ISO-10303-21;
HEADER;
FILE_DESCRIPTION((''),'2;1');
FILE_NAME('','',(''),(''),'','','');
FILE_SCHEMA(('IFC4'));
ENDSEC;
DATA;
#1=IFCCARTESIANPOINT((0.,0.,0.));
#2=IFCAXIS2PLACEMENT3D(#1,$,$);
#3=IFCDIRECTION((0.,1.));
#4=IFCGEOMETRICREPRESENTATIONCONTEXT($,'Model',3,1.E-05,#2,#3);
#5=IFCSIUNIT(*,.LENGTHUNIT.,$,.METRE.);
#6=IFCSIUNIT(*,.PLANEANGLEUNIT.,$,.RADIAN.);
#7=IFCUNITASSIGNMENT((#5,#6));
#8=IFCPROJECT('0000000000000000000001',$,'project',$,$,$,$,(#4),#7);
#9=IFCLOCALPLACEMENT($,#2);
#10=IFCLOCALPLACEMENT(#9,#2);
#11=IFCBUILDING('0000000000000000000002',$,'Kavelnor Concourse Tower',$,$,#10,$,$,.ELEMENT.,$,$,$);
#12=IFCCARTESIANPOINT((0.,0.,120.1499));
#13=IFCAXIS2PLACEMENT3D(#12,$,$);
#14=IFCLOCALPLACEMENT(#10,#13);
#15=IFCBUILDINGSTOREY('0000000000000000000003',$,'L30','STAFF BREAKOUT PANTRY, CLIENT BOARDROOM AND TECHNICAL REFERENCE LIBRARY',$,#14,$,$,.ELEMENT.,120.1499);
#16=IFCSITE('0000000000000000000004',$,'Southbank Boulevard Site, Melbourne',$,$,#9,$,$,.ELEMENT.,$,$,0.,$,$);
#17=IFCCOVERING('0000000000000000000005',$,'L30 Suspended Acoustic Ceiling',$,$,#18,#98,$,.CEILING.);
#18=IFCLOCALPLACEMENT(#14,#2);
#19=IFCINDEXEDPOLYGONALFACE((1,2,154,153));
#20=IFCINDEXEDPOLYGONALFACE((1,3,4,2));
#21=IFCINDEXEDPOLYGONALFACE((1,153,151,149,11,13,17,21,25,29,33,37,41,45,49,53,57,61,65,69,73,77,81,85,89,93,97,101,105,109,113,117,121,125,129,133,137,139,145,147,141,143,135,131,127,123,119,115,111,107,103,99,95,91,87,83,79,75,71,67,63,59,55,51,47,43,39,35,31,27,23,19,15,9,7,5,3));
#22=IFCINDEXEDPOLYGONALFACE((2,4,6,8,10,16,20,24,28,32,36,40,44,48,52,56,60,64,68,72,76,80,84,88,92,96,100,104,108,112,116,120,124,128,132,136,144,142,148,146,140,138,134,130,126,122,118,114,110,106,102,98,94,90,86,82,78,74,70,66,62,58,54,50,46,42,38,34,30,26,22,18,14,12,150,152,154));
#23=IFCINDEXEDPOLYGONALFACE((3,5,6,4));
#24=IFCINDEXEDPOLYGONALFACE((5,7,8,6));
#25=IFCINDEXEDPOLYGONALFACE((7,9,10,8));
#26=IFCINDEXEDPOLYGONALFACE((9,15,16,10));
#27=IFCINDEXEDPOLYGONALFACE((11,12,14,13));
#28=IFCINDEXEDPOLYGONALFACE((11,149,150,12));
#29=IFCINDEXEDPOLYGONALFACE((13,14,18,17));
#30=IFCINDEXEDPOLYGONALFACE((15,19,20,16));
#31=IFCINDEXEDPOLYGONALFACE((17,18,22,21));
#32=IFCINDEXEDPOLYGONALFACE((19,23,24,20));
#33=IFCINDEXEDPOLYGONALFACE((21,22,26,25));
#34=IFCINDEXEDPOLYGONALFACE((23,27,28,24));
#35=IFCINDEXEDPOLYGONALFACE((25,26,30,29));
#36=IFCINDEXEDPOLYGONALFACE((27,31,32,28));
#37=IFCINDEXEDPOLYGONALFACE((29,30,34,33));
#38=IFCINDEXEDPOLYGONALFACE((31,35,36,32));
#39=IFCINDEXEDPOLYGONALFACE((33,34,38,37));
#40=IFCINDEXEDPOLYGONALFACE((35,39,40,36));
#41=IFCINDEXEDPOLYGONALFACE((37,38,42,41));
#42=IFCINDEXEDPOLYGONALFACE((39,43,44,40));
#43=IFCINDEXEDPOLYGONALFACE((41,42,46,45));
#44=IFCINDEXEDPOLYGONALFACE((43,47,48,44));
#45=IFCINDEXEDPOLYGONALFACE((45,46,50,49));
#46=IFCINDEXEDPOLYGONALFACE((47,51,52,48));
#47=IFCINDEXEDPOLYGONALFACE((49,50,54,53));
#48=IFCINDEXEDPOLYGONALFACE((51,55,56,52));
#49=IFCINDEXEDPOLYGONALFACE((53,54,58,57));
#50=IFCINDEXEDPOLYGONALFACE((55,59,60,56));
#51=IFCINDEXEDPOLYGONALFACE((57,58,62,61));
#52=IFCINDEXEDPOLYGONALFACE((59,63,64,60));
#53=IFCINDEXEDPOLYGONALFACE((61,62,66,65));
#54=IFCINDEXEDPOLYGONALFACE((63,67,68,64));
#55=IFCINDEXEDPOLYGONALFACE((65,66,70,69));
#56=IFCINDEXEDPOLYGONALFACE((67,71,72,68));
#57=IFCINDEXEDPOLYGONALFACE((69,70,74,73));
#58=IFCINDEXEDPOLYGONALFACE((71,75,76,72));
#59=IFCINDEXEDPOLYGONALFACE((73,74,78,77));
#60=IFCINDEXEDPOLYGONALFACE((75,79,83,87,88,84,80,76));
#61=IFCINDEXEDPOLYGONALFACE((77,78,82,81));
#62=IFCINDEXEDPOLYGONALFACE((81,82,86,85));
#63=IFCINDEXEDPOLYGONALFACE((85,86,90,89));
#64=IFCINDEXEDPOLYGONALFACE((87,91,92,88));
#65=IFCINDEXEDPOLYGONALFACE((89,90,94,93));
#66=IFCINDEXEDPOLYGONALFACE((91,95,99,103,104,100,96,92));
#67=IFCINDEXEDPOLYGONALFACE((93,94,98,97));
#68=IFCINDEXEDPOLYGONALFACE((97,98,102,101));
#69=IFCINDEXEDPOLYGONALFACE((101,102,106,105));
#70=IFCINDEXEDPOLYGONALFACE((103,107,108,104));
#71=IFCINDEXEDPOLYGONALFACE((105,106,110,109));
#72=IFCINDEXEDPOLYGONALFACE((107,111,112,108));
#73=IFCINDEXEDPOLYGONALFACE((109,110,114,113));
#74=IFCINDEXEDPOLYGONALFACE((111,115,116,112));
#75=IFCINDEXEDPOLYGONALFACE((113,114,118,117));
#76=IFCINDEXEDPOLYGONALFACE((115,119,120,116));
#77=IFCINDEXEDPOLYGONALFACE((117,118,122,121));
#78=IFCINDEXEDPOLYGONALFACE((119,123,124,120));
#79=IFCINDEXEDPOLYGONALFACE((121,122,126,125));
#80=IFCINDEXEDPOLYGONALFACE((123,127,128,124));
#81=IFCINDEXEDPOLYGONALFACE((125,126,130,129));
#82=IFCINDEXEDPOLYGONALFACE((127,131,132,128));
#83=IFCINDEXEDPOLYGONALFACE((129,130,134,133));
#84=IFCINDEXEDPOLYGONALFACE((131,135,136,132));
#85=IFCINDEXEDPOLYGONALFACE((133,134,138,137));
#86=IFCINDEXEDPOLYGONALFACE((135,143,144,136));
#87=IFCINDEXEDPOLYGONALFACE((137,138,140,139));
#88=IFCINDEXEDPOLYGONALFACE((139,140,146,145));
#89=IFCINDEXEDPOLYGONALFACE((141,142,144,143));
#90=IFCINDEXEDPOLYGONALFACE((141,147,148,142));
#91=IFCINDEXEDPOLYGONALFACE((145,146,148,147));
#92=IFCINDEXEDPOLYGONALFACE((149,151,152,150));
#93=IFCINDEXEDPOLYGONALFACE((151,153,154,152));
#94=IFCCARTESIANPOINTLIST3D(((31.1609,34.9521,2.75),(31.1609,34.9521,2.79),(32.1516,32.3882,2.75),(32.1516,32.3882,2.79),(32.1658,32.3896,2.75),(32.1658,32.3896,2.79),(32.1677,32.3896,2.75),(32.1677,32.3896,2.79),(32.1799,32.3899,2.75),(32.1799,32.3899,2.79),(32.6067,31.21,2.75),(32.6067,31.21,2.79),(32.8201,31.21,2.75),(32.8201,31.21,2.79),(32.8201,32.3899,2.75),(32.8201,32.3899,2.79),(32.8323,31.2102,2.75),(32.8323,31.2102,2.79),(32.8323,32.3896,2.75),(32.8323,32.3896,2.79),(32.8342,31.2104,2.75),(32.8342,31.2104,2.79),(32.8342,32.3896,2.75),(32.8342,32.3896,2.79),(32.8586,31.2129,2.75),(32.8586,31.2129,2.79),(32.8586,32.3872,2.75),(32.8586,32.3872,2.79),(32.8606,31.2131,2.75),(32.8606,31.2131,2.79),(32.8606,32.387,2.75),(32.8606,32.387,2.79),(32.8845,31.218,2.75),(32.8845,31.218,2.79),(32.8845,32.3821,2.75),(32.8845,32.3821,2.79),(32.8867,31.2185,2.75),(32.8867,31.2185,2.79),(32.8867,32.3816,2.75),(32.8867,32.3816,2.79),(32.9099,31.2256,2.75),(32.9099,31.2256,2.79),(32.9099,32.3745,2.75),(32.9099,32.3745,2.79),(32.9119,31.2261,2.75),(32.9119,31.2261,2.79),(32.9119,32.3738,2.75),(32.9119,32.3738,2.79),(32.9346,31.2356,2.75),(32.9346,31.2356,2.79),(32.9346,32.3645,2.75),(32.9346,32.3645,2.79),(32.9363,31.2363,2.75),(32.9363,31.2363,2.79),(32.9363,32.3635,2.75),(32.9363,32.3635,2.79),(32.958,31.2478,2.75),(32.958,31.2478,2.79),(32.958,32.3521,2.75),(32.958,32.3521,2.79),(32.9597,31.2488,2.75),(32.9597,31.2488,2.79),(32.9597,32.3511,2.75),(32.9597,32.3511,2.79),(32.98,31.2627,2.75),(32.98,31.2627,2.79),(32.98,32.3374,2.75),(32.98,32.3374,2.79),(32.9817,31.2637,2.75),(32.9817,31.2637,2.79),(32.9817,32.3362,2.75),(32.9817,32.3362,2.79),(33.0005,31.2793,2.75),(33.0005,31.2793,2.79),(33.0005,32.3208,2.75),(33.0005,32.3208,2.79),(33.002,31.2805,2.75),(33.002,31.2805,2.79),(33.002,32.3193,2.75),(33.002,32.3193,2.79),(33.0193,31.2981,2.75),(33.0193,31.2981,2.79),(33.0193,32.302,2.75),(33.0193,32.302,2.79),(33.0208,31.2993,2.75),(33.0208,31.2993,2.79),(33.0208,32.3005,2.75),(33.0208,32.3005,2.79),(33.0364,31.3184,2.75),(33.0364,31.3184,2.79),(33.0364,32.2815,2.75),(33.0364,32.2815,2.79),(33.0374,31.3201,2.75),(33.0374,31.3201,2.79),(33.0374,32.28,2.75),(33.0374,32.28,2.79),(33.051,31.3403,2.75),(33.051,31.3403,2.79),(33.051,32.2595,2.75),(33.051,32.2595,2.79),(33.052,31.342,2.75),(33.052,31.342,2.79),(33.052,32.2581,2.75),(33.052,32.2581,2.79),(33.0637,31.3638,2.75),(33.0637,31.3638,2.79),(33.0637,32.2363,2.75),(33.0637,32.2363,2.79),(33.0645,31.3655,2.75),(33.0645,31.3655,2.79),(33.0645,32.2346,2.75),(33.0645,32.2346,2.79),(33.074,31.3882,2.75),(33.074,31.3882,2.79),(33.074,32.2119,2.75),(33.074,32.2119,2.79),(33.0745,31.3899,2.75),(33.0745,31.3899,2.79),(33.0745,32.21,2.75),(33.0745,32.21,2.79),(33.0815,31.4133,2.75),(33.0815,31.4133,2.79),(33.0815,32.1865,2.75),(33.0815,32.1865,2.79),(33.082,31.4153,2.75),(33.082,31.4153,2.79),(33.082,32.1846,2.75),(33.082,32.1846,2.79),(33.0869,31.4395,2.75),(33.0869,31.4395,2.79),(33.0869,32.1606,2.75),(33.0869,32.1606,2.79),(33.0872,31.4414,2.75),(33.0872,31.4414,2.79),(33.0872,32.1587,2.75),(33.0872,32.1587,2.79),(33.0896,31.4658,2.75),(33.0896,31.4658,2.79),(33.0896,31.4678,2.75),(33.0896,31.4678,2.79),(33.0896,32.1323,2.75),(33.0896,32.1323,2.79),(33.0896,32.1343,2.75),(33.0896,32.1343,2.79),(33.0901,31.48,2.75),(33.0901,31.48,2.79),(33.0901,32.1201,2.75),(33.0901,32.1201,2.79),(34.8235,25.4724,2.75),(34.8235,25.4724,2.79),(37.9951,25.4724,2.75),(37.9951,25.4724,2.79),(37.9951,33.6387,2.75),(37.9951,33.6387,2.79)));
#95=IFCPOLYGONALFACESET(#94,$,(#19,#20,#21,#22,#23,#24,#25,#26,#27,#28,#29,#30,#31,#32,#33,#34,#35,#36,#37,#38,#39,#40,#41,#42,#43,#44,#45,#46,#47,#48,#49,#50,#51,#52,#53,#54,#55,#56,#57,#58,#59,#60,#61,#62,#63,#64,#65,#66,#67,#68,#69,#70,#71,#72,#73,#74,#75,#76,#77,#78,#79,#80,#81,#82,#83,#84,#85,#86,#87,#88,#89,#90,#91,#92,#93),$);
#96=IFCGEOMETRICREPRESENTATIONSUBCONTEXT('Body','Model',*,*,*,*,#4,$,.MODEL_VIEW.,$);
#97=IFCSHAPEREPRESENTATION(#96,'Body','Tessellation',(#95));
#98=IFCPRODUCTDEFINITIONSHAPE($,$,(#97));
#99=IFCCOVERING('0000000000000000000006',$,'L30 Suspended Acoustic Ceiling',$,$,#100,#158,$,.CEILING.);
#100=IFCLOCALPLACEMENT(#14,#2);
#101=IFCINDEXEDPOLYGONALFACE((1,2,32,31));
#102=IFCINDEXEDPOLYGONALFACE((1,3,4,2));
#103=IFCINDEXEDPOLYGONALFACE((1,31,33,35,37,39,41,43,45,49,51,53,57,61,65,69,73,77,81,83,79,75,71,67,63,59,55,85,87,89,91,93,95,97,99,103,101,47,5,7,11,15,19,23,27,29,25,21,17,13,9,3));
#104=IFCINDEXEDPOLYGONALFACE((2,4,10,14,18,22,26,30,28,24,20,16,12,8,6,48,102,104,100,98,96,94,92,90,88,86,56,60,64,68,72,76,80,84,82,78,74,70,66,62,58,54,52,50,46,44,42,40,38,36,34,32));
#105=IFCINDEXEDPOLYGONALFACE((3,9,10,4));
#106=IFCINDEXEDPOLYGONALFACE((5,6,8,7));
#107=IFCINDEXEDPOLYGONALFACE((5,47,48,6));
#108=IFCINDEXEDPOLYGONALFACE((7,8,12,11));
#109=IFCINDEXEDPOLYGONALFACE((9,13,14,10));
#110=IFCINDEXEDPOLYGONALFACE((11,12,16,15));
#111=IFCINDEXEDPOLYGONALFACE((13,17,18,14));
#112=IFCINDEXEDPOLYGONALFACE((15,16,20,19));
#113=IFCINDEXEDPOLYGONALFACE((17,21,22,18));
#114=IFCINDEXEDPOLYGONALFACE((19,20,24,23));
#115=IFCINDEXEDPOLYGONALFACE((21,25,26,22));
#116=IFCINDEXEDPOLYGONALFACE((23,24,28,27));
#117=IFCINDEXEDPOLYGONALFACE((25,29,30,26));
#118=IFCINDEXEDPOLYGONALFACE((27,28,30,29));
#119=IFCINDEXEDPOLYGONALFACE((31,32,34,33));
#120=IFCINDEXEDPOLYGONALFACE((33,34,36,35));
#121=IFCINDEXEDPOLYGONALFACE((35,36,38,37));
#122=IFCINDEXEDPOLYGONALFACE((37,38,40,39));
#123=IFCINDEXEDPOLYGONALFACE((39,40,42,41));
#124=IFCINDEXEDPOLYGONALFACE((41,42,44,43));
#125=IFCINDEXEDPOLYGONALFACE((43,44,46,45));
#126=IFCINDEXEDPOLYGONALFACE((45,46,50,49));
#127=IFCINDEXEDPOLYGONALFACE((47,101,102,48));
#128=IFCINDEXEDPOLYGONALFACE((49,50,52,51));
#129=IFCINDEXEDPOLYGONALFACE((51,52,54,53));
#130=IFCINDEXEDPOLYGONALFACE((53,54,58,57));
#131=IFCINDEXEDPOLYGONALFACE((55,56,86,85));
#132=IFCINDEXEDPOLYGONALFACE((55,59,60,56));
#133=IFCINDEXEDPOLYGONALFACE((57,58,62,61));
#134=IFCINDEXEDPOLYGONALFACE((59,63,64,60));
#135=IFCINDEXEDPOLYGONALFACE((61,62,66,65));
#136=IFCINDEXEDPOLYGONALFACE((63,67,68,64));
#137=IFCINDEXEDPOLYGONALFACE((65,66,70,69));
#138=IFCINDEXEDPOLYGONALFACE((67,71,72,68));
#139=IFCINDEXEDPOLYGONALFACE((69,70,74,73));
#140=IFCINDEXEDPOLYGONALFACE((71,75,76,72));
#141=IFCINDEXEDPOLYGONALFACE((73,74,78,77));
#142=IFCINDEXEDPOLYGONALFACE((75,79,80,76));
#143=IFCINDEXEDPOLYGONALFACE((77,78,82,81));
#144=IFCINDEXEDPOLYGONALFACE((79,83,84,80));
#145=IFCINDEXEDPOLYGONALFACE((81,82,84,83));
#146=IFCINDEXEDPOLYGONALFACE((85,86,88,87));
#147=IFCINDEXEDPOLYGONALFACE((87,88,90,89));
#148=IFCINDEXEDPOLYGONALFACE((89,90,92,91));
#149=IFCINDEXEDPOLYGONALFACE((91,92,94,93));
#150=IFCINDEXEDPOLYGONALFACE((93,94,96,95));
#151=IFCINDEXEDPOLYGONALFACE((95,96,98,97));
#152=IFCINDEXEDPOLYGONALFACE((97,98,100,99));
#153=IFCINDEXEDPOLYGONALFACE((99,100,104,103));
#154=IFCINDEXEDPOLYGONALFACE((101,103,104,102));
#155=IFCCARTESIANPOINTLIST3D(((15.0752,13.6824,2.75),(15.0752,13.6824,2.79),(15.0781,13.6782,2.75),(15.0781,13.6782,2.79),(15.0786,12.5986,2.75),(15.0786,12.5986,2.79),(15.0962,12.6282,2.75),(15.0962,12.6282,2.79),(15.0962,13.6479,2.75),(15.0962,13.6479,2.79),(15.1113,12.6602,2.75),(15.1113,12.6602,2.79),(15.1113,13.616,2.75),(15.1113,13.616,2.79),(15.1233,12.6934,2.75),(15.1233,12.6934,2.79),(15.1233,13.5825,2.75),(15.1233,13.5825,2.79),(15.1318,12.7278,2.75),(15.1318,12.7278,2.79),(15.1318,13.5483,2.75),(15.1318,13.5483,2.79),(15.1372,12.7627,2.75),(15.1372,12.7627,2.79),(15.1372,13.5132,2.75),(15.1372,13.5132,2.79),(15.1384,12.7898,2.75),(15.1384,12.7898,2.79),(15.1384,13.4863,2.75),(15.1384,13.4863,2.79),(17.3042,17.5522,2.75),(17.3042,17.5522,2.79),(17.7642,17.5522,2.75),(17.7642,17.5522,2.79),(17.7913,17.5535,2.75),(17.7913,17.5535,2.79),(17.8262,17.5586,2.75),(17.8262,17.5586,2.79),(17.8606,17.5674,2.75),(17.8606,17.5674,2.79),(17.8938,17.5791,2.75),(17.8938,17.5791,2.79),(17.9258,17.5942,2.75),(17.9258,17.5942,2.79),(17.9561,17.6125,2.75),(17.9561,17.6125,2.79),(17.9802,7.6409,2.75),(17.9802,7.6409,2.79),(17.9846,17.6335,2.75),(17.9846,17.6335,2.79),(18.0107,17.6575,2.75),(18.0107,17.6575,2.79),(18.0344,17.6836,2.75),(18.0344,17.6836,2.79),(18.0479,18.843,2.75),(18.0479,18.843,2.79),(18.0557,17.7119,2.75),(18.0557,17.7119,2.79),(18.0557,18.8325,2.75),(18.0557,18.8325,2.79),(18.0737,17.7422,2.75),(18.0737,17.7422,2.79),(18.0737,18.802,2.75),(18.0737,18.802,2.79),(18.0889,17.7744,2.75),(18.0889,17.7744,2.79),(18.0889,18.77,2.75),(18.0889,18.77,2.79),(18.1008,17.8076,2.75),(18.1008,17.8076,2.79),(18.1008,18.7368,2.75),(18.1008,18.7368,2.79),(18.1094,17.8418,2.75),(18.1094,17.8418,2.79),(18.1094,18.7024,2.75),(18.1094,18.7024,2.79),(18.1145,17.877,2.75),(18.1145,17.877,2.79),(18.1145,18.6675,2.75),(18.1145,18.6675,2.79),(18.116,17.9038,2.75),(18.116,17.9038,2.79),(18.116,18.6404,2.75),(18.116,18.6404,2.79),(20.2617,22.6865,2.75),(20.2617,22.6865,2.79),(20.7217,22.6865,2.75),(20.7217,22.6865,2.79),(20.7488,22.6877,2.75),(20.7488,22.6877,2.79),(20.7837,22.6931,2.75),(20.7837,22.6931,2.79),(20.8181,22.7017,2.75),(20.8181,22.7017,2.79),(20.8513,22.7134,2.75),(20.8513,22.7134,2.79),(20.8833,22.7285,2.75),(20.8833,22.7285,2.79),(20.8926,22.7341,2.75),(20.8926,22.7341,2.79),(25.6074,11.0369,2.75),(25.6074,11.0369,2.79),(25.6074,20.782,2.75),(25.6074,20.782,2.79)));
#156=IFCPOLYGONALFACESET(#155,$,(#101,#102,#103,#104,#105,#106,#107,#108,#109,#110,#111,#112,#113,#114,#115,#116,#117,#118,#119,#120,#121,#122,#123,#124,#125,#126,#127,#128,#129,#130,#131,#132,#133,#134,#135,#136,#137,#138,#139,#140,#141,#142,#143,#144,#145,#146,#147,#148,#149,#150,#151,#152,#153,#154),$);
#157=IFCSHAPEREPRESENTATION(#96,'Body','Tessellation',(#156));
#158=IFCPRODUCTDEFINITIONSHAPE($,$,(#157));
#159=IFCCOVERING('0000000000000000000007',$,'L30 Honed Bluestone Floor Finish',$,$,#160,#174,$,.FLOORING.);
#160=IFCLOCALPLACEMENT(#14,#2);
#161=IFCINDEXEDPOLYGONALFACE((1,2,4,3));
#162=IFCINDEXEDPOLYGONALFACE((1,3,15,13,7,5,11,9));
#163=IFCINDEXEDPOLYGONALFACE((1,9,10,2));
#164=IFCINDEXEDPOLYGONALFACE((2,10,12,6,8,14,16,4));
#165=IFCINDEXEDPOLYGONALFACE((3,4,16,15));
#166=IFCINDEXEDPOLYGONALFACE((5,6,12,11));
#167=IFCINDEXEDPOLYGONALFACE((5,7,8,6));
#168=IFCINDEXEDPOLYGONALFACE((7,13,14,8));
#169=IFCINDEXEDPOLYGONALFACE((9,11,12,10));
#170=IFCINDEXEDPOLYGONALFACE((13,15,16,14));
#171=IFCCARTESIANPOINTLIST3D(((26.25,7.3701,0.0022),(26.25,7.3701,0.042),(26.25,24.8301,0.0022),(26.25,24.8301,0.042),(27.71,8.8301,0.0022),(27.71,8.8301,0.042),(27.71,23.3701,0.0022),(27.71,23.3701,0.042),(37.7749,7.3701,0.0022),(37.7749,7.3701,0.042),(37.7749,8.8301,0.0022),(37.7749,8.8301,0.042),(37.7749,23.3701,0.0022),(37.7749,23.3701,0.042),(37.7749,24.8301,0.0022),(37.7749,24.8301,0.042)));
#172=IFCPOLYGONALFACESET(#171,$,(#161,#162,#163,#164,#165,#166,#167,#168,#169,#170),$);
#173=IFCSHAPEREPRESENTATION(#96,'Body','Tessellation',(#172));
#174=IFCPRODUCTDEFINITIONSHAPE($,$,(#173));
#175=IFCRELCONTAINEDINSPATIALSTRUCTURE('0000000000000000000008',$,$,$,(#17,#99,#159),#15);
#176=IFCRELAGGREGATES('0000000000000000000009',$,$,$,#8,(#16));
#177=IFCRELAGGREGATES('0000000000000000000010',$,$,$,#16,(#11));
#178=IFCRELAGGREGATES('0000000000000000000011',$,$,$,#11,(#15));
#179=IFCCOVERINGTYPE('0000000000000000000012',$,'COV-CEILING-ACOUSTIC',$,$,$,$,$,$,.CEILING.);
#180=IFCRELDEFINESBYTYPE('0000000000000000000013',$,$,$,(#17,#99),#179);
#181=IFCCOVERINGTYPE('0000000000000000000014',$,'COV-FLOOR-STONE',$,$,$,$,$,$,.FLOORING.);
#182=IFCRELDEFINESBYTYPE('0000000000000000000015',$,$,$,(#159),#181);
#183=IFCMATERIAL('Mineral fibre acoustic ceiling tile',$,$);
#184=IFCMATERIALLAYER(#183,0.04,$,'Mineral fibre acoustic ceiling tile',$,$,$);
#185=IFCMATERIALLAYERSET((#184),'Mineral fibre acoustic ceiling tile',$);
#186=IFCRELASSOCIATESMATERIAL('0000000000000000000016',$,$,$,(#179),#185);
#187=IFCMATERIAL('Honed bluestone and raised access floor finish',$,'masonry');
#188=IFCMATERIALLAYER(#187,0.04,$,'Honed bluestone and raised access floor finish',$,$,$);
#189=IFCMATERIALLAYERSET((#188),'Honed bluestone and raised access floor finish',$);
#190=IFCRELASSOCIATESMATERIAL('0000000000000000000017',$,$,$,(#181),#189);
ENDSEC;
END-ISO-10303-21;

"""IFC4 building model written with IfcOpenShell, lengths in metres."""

from ifc_helpers import new_model, si_unit, direction, frame, origin, place, context, subcontext, project, spatial, polyline, outline, extrude, material, layer, layer_set, type_object, element, save


model = new_model("IFC4")

# Units and contexts
model_context = context("Model", 3, precision=1e-05, world=origin(), true_north=direction((0.0, 1.0)))
body_context = subcontext(model_context, "Body", "Model", "MODEL_VIEW")
ifc_project = project(units=[si_unit("LENGTHUNIT", "METRE"), si_unit("PLANEANGLEUNIT", "RADIAN")], contexts=[model_context])

# Site, building, storey
site_placement = place(None, origin())
site = spatial("IfcSite", under=ifc_project, at=site_placement, Name="Southbank Boulevard Site, Melbourne", CompositionType="ELEMENT", RefElevation=0.0)
building_placement = place(site_placement, origin())
building = spatial("IfcBuilding", under=site, at=building_placement, Name="Kavelnor Concourse Tower", CompositionType="ELEMENT")
storey_placement = place(building_placement, frame((0.0, 0.0, 120.1499)))
storey = spatial("IfcBuildingStorey", under=building, at=storey_placement, Name="L30", Description="STAFF BREAKOUT PANTRY, CLIENT BOARDROOM AND TECHNICAL REFERENCE LIBRARY", CompositionType="ELEMENT", Elevation=120.1499)

# Coverings
ifc_material_1 = material(Name="Mineral fibre acoustic ceiling tile")
ifc_layer_1 = layer(ifc_material_1, 0.04, Name="Mineral fibre acoustic ceiling tile")
ifc_layer_set_1 = layer_set([ifc_layer_1], Name="Mineral fibre acoustic ceiling tile")
covering_type_1 = type_object("IfcCoveringType", Name="COV-CEILING-ACOUSTIC", PredefinedType="CEILING", material=ifc_layer_set_1)
covering_1_placement = place(storey_placement, frame((0.0, 0.0, 2.75)))
element("IfcCovering", 1, at=covering_1_placement, inside=storey, type_object=covering_type_1, Name="L30 Suspended Acoustic Ceiling", PredefinedType="CEILING", context=body_context, shape_type="SweptSolid", body=[
    extrude(outline(polyline([(34.8235, 25.4724), (32.6067, 31.21), (32.8201, 31.21), (32.8323, 31.2102), (32.8342, 31.2104), (32.8586, 31.2129), (32.8606, 31.2131), (32.8845, 31.218), (32.8867, 31.2185), (32.9099, 31.2256), (32.9119, 31.2261), (32.9346, 31.2356), (32.9363, 31.2363), (32.958, 31.2478), (32.9597, 31.2488), (32.98, 31.2627), (32.9817, 31.2637), (33.0005, 31.2793), (33.002, 31.2805), (33.0193, 31.2981), (33.0208, 31.2993), (33.0364, 31.3184), (33.0374, 31.3201), (33.051, 31.3403), (33.052, 31.342), (33.0637, 31.3638), (33.0645, 31.3655), (33.074, 31.3882), (33.0745, 31.3899), (33.0815, 31.4133), (33.082, 31.4153), (33.0869, 31.4395), (33.0872, 31.4414), (33.0896, 31.4658), (33.0896, 31.4678), (33.0901, 31.48), (33.0901, 32.1201), (33.0896, 32.1323), (33.0896, 32.1343), (33.0872, 32.1587), (33.0869, 32.1606), (33.082, 32.1846), (33.0815, 32.1865), (33.0745, 32.21), (33.074, 32.2119), (33.0645, 32.2346), (33.0637, 32.2363), (33.052, 32.2581), (33.051, 32.2595), (33.0374, 32.28), (33.0364, 32.2815), (33.0208, 32.3005), (33.0193, 32.302), (33.002, 32.3193), (33.0005, 32.3208), (32.9817, 32.3362), (32.98, 32.3374), (32.9597, 32.3511), (32.958, 32.3521), (32.9363, 32.3635), (32.9346, 32.3645), (32.9119, 32.3738), (32.9099, 32.3745), (32.8867, 32.3816), (32.8845, 32.3821), (32.8606, 32.387), (32.8586, 32.3872), (32.8342, 32.3896), (32.8323, 32.3896), (32.8201, 32.3899), (32.1799, 32.3899), (32.1677, 32.3896), (32.1658, 32.3896), (32.1516, 32.3882), (31.1609, 34.9521), (37.9951, 33.6387), (37.9951, 25.4724), (34.8235, 25.4724)])), origin(), (0.0, 0.0, 1.0), 0.04),
])
covering_2_placement = place(storey_placement, frame((0.0, 0.0, 2.75)))
element("IfcCovering", 2, at=covering_2_placement, inside=storey, type_object=covering_type_1, Name="L30 Suspended Acoustic Ceiling", PredefinedType="CEILING", context=body_context, shape_type="SweptSolid", body=[
    extrude(outline(polyline([(17.3042, 17.5522), (17.7642, 17.5522), (17.7913, 17.5535), (17.8262, 17.5586), (17.8606, 17.5674), (17.8938, 17.5791), (17.9258, 17.5942), (17.9561, 17.6125), (17.9846, 17.6335), (18.0107, 17.6575), (18.0344, 17.6836), (18.0557, 17.7119), (18.0737, 17.7422), (18.0889, 17.7744), (18.1008, 17.8076), (18.1094, 17.8418), (18.1145, 17.877), (18.116, 17.9038), (18.116, 18.6404), (18.1145, 18.6675), (18.1094, 18.7024), (18.1008, 18.7368), (18.0889, 18.77), (18.0737, 18.802), (18.0557, 18.8325), (18.0479, 18.843), (20.2617, 22.6865), (20.7217, 22.6865), (20.7488, 22.6877), (20.7837, 22.6931), (20.8181, 22.7017), (20.8513, 22.7134), (20.8833, 22.7285), (20.8926, 22.7341), (25.6074, 20.782), (25.6074, 11.0369), (17.9802, 7.6409), (15.0786, 12.5986), (15.0962, 12.6282), (15.1113, 12.6602), (15.1233, 12.6934), (15.1318, 12.7278), (15.1372, 12.7627), (15.1384, 12.7898), (15.1384, 13.4863), (15.1372, 13.5132), (15.1318, 13.5483), (15.1233, 13.5825), (15.1113, 13.616), (15.0962, 13.6479), (15.0781, 13.6782), (15.0752, 13.6824), (17.3042, 17.5522)])), origin(), (0.0, 0.0, 1.0), 0.04),
])
ifc_material_2 = material(Name="Honed bluestone and raised access floor finish", Category="masonry")
ifc_layer_2 = layer(ifc_material_2, 0.04, Name="Honed bluestone and raised access floor finish")
ifc_layer_set_2 = layer_set([ifc_layer_2], Name="Honed bluestone and raised access floor finish")
covering_type_2 = type_object("IfcCoveringType", Name="COV-FLOOR-STONE", PredefinedType="FLOORING", material=ifc_layer_set_2)
covering_3_placement = place(storey_placement, frame((0.0, 0.0, 0.0022)))
element("IfcCovering", 3, at=covering_3_placement, inside=storey, type_object=covering_type_2, Name="L30 Honed Bluestone Floor Finish", PredefinedType="FLOORING", context=body_context, shape_type="SweptSolid", body=[
    extrude(outline(polyline([(26.25, 7.3701), (26.25, 24.8301), (37.7749, 24.8301), (37.7749, 23.3701), (27.71, 23.3701), (27.71, 8.8301), (37.7749, 8.8301), (37.7749, 7.3701), (26.25, 7.3701)])), origin(), (0.0, 0.0, 1.0), 0.0398),
])

save(model, "model.ifc")
